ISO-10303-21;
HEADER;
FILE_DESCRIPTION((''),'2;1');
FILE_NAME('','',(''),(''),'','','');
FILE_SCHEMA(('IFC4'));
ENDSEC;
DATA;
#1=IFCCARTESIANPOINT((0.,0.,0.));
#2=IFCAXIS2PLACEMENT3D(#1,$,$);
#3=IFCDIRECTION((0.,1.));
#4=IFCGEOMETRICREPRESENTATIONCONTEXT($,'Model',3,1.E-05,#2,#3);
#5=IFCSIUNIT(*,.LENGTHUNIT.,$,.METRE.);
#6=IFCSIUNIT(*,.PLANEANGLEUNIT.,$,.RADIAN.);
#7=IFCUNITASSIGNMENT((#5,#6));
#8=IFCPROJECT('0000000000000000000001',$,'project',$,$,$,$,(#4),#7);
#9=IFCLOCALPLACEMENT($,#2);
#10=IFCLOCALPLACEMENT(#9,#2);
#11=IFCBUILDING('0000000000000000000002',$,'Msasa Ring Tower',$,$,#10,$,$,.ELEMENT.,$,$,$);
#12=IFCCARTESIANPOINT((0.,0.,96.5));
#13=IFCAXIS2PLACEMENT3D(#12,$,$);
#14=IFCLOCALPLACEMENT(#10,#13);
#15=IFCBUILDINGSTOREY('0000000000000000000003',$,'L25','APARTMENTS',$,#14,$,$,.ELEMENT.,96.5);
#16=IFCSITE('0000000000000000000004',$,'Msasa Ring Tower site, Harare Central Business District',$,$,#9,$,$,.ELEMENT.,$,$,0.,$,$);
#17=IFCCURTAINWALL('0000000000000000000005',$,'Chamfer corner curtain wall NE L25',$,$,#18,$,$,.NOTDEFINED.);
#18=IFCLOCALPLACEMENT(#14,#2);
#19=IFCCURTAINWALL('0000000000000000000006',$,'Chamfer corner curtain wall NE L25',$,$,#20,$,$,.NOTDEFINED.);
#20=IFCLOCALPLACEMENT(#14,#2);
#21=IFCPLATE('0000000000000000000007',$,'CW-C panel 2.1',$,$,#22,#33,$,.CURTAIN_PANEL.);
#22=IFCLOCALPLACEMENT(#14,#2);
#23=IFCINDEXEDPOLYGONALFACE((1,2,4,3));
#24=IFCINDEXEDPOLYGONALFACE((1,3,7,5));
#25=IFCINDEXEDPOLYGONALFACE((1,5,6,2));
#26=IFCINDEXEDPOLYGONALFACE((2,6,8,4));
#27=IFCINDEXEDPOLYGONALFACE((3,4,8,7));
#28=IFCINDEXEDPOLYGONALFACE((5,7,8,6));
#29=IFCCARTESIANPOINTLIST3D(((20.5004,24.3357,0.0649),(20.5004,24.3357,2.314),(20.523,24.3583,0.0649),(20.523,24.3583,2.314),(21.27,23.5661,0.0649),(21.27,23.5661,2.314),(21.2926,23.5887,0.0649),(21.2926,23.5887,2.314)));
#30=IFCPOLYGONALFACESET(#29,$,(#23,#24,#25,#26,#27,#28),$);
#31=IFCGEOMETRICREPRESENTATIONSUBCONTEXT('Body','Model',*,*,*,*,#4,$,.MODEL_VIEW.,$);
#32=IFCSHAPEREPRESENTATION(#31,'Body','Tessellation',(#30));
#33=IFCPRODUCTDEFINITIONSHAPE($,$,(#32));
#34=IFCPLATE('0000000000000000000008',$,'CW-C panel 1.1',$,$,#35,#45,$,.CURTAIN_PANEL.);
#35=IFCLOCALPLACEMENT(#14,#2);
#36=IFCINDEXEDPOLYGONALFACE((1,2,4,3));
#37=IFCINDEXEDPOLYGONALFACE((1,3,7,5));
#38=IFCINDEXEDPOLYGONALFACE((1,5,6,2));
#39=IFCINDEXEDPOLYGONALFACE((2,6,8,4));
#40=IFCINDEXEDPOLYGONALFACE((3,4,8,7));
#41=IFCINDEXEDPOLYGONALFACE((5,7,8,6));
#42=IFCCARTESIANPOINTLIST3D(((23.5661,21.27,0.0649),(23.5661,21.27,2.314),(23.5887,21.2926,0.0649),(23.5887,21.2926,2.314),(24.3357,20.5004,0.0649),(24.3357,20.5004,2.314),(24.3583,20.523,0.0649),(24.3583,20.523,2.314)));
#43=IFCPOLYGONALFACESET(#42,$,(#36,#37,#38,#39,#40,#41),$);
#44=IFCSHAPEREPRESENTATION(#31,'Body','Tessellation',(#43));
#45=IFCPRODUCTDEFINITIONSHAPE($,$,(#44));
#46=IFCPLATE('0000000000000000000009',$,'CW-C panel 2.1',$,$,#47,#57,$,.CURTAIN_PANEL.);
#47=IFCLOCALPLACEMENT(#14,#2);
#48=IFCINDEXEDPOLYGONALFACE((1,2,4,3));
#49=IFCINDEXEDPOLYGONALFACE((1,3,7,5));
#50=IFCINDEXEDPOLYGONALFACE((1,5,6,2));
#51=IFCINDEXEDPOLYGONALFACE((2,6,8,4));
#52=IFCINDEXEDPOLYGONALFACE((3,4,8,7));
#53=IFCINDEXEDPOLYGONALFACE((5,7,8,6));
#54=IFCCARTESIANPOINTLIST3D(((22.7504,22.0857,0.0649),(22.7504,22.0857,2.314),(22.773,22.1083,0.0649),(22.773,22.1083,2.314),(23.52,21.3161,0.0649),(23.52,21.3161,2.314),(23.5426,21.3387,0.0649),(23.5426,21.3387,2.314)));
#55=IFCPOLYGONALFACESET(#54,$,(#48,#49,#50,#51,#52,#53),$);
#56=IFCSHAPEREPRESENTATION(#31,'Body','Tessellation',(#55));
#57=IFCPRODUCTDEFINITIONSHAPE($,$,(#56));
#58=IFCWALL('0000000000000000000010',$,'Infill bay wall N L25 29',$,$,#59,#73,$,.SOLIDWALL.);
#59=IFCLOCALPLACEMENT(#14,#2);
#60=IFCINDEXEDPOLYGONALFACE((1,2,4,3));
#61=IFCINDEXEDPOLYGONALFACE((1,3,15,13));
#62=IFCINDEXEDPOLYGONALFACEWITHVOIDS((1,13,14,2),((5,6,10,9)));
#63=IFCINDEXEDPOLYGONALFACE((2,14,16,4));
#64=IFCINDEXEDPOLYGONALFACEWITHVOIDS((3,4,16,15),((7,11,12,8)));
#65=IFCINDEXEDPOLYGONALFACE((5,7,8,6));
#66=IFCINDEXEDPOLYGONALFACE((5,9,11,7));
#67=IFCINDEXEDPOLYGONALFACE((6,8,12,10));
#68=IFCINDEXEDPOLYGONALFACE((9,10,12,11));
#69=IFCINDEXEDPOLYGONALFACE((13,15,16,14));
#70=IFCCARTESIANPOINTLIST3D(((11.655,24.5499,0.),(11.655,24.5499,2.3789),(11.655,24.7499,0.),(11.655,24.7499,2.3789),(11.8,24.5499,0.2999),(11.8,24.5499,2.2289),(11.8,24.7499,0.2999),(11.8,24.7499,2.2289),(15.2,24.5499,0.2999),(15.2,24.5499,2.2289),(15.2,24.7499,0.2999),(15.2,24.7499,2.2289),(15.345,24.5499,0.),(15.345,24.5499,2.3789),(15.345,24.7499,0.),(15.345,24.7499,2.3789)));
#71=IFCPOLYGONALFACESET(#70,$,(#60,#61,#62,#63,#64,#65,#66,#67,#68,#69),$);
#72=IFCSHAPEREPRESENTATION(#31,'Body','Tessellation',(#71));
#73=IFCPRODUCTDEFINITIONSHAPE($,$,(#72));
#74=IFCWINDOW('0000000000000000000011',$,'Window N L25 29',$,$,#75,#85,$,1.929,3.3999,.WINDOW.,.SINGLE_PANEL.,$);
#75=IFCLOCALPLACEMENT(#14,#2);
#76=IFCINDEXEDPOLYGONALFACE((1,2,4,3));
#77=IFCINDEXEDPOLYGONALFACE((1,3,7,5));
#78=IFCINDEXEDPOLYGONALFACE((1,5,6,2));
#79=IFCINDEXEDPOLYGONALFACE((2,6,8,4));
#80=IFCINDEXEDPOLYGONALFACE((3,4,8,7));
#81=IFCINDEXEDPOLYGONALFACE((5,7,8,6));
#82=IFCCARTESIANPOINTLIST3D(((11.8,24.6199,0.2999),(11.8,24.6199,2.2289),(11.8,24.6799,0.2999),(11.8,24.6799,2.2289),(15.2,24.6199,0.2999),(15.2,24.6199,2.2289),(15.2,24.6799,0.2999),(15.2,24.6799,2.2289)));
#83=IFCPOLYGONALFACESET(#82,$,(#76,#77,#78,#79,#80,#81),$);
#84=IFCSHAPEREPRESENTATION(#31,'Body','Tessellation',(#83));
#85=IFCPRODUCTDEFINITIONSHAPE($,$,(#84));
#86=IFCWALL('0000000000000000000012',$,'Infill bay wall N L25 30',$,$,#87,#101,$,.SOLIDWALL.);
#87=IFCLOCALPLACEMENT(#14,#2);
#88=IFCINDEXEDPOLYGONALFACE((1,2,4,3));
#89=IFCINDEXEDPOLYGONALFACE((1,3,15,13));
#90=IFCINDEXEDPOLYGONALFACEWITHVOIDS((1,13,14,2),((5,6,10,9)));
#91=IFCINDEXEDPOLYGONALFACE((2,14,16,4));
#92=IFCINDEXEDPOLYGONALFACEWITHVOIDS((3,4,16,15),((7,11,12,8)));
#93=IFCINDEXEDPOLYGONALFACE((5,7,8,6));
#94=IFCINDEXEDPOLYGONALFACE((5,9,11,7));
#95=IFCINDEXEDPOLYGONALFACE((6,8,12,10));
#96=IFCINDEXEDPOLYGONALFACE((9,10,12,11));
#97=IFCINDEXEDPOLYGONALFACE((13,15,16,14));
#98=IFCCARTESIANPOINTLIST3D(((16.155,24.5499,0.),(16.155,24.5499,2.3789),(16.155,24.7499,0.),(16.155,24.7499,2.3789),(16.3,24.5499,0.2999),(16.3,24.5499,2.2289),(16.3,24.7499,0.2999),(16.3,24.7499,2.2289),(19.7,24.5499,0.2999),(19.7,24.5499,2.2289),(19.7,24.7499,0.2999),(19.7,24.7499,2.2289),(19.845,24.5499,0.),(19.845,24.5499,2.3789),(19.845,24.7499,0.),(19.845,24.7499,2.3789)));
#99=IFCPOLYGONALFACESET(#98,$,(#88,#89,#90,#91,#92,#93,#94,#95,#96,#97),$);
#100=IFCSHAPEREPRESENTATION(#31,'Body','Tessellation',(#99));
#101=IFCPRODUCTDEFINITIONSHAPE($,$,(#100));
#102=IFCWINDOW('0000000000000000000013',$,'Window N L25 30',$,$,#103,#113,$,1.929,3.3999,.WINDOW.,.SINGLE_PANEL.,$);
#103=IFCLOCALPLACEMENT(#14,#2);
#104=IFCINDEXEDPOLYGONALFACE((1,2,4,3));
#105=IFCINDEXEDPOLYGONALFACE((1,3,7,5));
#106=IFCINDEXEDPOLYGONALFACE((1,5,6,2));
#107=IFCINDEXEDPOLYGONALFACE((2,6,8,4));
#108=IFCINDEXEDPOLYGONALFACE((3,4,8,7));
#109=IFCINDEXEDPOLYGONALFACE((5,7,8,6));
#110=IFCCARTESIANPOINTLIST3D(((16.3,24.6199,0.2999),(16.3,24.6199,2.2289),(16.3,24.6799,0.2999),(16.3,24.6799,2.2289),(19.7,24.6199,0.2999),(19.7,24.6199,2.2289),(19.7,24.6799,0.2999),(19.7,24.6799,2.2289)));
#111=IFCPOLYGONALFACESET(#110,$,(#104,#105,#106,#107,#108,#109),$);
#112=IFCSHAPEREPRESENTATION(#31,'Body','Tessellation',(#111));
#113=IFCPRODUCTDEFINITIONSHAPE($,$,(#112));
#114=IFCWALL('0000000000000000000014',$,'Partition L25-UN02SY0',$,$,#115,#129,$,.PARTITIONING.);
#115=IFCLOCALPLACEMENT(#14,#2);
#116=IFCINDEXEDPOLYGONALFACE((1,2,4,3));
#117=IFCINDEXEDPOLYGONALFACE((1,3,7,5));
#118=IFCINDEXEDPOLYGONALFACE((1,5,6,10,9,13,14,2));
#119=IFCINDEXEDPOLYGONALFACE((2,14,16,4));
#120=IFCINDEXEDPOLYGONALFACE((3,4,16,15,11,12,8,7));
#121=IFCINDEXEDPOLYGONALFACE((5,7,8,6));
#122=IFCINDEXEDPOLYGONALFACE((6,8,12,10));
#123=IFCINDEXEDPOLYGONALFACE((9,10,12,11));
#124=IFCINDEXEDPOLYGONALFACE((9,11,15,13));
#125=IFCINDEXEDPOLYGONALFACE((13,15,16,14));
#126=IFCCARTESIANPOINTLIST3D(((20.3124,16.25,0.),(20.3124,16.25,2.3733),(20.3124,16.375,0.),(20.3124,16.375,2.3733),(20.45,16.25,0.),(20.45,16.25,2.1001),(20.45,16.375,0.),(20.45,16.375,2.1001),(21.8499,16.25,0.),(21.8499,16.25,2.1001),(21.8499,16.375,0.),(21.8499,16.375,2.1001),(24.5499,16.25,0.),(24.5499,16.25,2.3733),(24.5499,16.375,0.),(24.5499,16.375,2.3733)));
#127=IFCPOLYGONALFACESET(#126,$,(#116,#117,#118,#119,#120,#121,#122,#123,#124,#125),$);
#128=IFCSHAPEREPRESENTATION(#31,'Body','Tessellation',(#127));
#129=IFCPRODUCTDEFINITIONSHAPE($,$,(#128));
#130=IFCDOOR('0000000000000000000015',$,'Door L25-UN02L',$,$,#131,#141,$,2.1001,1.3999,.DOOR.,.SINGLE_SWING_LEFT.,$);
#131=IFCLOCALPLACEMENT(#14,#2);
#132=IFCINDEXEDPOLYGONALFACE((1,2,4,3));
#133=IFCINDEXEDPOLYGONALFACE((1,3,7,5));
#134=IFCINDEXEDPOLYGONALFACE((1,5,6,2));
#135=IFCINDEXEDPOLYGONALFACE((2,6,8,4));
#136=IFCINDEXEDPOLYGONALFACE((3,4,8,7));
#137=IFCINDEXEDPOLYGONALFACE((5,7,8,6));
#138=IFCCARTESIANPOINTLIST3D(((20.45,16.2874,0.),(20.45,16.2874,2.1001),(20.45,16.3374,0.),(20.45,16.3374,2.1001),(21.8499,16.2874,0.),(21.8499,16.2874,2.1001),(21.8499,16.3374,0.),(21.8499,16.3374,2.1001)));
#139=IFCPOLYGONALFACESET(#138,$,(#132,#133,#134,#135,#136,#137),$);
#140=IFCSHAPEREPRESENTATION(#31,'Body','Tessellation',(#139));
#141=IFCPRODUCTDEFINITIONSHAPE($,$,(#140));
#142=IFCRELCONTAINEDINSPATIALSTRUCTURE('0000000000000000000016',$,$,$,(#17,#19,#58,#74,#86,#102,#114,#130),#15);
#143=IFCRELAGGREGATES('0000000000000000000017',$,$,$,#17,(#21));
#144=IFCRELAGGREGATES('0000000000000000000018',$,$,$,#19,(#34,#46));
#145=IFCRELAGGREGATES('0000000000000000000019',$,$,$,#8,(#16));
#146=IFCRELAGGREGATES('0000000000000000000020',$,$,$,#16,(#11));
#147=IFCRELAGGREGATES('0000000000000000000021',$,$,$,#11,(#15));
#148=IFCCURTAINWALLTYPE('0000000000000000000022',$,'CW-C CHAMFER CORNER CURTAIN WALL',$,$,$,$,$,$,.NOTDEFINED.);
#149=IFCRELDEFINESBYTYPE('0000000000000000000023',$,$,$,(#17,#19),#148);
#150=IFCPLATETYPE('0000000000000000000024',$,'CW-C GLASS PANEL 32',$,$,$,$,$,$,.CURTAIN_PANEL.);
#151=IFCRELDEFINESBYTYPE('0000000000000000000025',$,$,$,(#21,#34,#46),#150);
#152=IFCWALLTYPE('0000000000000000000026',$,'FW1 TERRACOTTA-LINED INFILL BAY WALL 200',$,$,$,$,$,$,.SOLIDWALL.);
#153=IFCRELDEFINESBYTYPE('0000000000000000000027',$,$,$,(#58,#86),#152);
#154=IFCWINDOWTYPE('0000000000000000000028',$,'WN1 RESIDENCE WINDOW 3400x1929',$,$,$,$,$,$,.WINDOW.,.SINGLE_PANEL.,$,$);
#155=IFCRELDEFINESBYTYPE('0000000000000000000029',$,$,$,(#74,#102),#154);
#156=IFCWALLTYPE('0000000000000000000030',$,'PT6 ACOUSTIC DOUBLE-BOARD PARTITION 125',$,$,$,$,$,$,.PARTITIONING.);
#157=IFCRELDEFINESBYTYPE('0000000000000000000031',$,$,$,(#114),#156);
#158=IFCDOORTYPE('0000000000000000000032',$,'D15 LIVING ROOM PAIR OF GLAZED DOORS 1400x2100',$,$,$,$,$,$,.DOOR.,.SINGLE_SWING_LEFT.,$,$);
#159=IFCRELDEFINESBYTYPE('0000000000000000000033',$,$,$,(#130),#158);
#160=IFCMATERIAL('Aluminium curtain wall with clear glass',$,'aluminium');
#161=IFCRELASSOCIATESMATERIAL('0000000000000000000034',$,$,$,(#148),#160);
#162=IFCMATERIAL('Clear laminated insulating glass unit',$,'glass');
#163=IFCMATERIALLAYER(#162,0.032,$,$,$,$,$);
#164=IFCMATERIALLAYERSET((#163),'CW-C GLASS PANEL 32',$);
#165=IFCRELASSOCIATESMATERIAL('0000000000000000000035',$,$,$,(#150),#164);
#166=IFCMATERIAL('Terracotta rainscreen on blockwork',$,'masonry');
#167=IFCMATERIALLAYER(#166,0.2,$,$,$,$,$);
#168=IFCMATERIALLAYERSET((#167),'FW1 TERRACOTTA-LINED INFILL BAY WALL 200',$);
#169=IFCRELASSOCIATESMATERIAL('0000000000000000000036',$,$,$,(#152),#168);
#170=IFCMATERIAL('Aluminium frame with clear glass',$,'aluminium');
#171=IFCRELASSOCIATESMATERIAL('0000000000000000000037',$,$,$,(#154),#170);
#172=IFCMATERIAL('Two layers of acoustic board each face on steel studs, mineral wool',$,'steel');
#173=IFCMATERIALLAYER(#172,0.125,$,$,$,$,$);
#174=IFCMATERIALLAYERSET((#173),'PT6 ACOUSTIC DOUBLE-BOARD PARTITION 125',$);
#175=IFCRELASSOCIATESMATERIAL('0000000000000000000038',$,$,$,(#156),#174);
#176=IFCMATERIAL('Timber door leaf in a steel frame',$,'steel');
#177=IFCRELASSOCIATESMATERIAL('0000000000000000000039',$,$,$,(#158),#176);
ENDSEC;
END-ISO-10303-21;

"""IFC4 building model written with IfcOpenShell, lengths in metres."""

from ifc_helpers import new_model, si_unit, direction, frame, frame_2d, origin, origin_2d, place, context, subcontext, project, spatial, rectangle, extrude, material, layer, layer_set, type_object, element, fill, aggregate, save


model = new_model("IFC4")

# Units and contexts
model_context = context("Model", 3, precision=1e-05, world=origin(), true_north=direction((0.0, 1.0)))
body_context = subcontext(model_context, "Body", "Model", "MODEL_VIEW")
ifc_project = project(units=[si_unit("LENGTHUNIT", "METRE"), si_unit("PLANEANGLEUNIT", "RADIAN")], contexts=[model_context])

# Site, building, storey
site_placement = place(None, origin())
site = spatial("IfcSite", under=ifc_project, at=site_placement, Name="Msasa Ring Tower site, Harare Central Business District", CompositionType="ELEMENT", RefElevation=0.0)
building_placement = place(site_placement, origin())
building = spatial("IfcBuilding", under=site, at=building_placement, Name="Msasa Ring Tower", CompositionType="ELEMENT")
storey_placement = place(building_placement, frame((0.0, 0.0, 96.5)))
storey = spatial("IfcBuildingStorey", under=building, at=storey_placement, Name="L25", Description="APARTMENTS", CompositionType="ELEMENT", Elevation=96.5)

# Curtain walls
ifc_material_1 = material(Name="Aluminium curtain wall with clear glass", Category="aluminium")
curtain_wall_type = type_object("IfcCurtainWallType", Name="CW-C CHAMFER CORNER CURTAIN WALL", PredefinedType="NOTDEFINED", material=ifc_material_1)
curtain_wall_1_placement = place(storey_placement, origin())
curtain_wall_1 = element("IfcCurtainWall", 1, at=curtain_wall_1_placement, inside=storey, type_object=curtain_wall_type, Name="Chamfer corner curtain wall NE L25", PredefinedType="NOTDEFINED")
curtain_wall_2_placement = place(storey_placement, origin())
curtain_wall_2 = element("IfcCurtainWall", 2, at=curtain_wall_2_placement, inside=storey, type_object=curtain_wall_type, Name="Chamfer corner curtain wall NE L25", PredefinedType="NOTDEFINED")

# Plates
ifc_material_2 = material(Name="Clear laminated insulating glass unit", Category="glass")
ifc_layer_1 = layer(ifc_material_2, 0.032)
ifc_layer_set_1 = layer_set([ifc_layer_1], Name="CW-C GLASS PANEL 32")
plate_type = type_object("IfcPlateType", Name="CW-C GLASS PANEL 32", PredefinedType="CURTAIN_PANEL", material=ifc_layer_set_1)
plate_1_placement = place(storey_placement, frame((20.8965, 23.9622, 0.0649), z_axis=(0.0, 0.0, 1.0), x_axis=(-0.707107, 0.707107, 0.0)))
plate_1 = element("IfcPlate", 3, at=plate_1_placement, type_object=plate_type, Name="CW-C panel 2.1", PredefinedType="CURTAIN_PANEL", context=body_context, shape_type="SweptSolid", body=[
    extrude(rectangle(XDim=1.0884, YDim=0.032, at=origin_2d()), origin(), (0.0, 0.0, 1.0), 2.249),
])
aggregate(curtain_wall_1, [plate_1])
plate_2_placement = place(storey_placement, frame((23.9622, 20.8965, 0.0649), z_axis=(0.0, 0.0, 1.0), x_axis=(-0.707107, 0.707107, 0.0)))
plate_2 = element("IfcPlate", 4, at=plate_2_placement, type_object=plate_type, Name="CW-C panel 1.1", PredefinedType="CURTAIN_PANEL", context=body_context, shape_type="SweptSolid", body=[
    extrude(rectangle(XDim=1.0884, YDim=0.032, at=origin_2d()), origin(), (0.0, 0.0, 1.0), 2.249),
])
plate_3_placement = place(storey_placement, frame((23.1465, 21.7122, 0.0649), z_axis=(0.0, 0.0, 1.0), x_axis=(-0.707107, 0.707107, 0.0)))
plate_3 = element("IfcPlate", 5, at=plate_3_placement, type_object=plate_type, Name="CW-C panel 2.1", PredefinedType="CURTAIN_PANEL", context=body_context, shape_type="SweptSolid", body=[
    extrude(rectangle(XDim=1.0884, YDim=0.032, at=origin_2d()), origin(), (0.0, 0.0, 1.0), 2.249),
])
aggregate(curtain_wall_2, [plate_2, plate_3])

# Walls, openings, windows
ifc_material_3 = material(Name="Terracotta rainscreen on blockwork", Category="masonry")
ifc_layer_2 = layer(ifc_material_3, 0.2)
ifc_layer_set_2 = layer_set([ifc_layer_2], Name="FW1 TERRACOTTA-LINED INFILL BAY WALL 200")
wall_type_1 = type_object("IfcWallType", Name="FW1 TERRACOTTA-LINED INFILL BAY WALL 200", PredefinedType="SOLIDWALL", material=ifc_layer_set_2)
wall_1_placement = place(storey_placement, frame((11.655, 24.6499, 0.0), z_axis=(0.0, 0.0, 1.0), x_axis=(1.0, 0.0, 0.0)))
wall_1 = element("IfcWall", 6, at=wall_1_placement, inside=storey, type_object=wall_type_1, Name="Infill bay wall N L25 29", PredefinedType="SOLIDWALL", context=body_context, shape_type="SweptSolid", body=[
    extrude(rectangle(XDim=3.6899, YDim=0.2, at=frame_2d((1.845, 0.0))), origin(), (0.0, 0.0, 1.0), 2.3789),
])
opening_1_placement = place(wall_1_placement, frame((0.145, 0.0, 0.3)))
opening_1 = element("IfcOpeningElement", 7, at=opening_1_placement, cuts=wall_1, PredefinedType="OPENING", context=body_context, shape_type="SweptSolid", body=[
    extrude(rectangle(XDim=3.3999, YDim=1.929, at=frame_2d((1.7, 0.9644))), frame((0.0, 0.1099, 0.0), z_axis=(0.0, -1.0, 0.0), x_axis=(1.0, 0.0, 0.0)), (0.0, 0.0, 1.0), 0.22),
])
ifc_material_4 = material(Name="Aluminium frame with clear glass", Category="aluminium")
window_type = type_object("IfcWindowType", Name="WN1 RESIDENCE WINDOW 3400x1929", PartitioningType="SINGLE_PANEL", PredefinedType="WINDOW", material=ifc_material_4)
window_1_placement = place(opening_1_placement, origin())
window_1 = element("IfcWindow", 8, at=window_1_placement, inside=storey, type_object=window_type, Name="Window N L25 29", OverallHeight=1.929, OverallWidth=3.3999, PartitioningType="SINGLE_PANEL", PredefinedType="WINDOW", context=body_context, shape_type="SweptSolid", body=[
    extrude(rectangle(XDim=3.3999, YDim=1.929, at=frame_2d((1.7, 0.9644))), frame((0.0, 0.03, 0.0), z_axis=(0.0, -1.0, 0.0), x_axis=(1.0, 0.0, 0.0)), (0.0, 0.0, 1.0), 0.0601),
])
fill(opening_1, window_1)
wall_2_placement = place(storey_placement, frame((16.155, 24.6499, 0.0), z_axis=(0.0, 0.0, 1.0), x_axis=(1.0, 0.0, 0.0)))
wall_2 = element("IfcWall", 9, at=wall_2_placement, inside=storey, type_object=wall_type_1, Name="Infill bay wall N L25 30", PredefinedType="SOLIDWALL", context=body_context, shape_type="SweptSolid", body=[
    extrude(rectangle(XDim=3.6899, YDim=0.2, at=frame_2d((1.845, 0.0))), origin(), (0.0, 0.0, 1.0), 2.3789),
])
opening_2_placement = place(wall_2_placement, frame((0.145, 0.0, 0.3)))
opening_2 = element("IfcOpeningElement", 10, at=opening_2_placement, cuts=wall_2, PredefinedType="OPENING", context=body_context, shape_type="SweptSolid", body=[
    extrude(rectangle(XDim=3.3999, YDim=1.929, at=frame_2d((1.7, 0.9644))), frame((0.0, 0.1099, 0.0), z_axis=(0.0, -1.0, 0.0), x_axis=(1.0, 0.0, 0.0)), (0.0, 0.0, 1.0), 0.22),
])
window_2_placement = place(opening_2_placement, origin())
window_2 = element("IfcWindow", 11, at=window_2_placement, inside=storey, type_object=window_type, Name="Window N L25 30", OverallHeight=1.929, OverallWidth=3.3999, PartitioningType="SINGLE_PANEL", PredefinedType="WINDOW", context=body_context, shape_type="SweptSolid", body=[
    extrude(rectangle(XDim=3.3999, YDim=1.929, at=frame_2d((1.7, 0.9644))), frame((0.0, 0.03, 0.0), z_axis=(0.0, -1.0, 0.0), x_axis=(1.0, 0.0, 0.0)), (0.0, 0.0, 1.0), 0.0601),
])
fill(opening_2, window_2)

# Wall, opening, door
ifc_material_5 = material(Name="Two layers of acoustic board each face on steel studs, mineral wool", Category="steel")
ifc_layer_3 = layer(ifc_material_5, 0.125)
ifc_layer_set_3 = layer_set([ifc_layer_3], Name="PT6 ACOUSTIC DOUBLE-BOARD PARTITION 125")
wall_type_2 = type_object("IfcWallType", Name="PT6 ACOUSTIC DOUBLE-BOARD PARTITION 125", PredefinedType="PARTITIONING", material=ifc_layer_set_3)
wall_3_placement = place(storey_placement, frame((20.3125, 16.3125, 0.0), z_axis=(0.0, 0.0, 1.0), x_axis=(1.0, 0.0, 0.0)))
wall_3 = element("IfcWall", 12, at=wall_3_placement, inside=storey, type_object=wall_type_2, Name="Partition L25-UN02SY0", PredefinedType="PARTITIONING", context=body_context, shape_type="SweptSolid", body=[
    extrude(rectangle(XDim=4.2375, YDim=0.125, at=frame_2d((2.1187, 0.0))), origin(), (0.0, 0.0, 1.0), 2.3733),
])
opening_3_placement = place(wall_3_placement, frame((0.1375, 0.0, 0.0)))
opening_3 = element("IfcOpeningElement", 13, at=opening_3_placement, cuts=wall_3, PredefinedType="OPENING", context=body_context, shape_type="SweptSolid", body=[
    extrude(rectangle(XDim=1.3999, YDim=2.1001, at=frame_2d((0.7, 1.05))), frame((0.0, 0.0725, 0.0), z_axis=(0.0, -1.0, 0.0), x_axis=(1.0, 0.0, 0.0)), (0.0, 0.0, 1.0), 0.145),
])
ifc_material_6 = material(Name="Timber door leaf in a steel frame", Category="steel")
door_type = type_object("IfcDoorType", Name="D15 LIVING ROOM PAIR OF GLAZED DOORS 1400x2100", OperationType="SINGLE_SWING_LEFT", PredefinedType="DOOR", material=ifc_material_6)
door_placement = place(opening_3_placement, origin())
door = element("IfcDoor", 14, at=door_placement, inside=storey, type_object=door_type, Name="Door L25-UN02L", OperationType="SINGLE_SWING_LEFT", OverallHeight=2.1001, OverallWidth=1.3999, PredefinedType="DOOR", context=body_context, shape_type="SweptSolid", body=[
    extrude(rectangle(XDim=1.3999, YDim=2.1001, at=frame_2d((0.7, 1.05))), frame((0.0, 0.0249, 0.0), z_axis=(0.0, -1.0, 0.0), x_axis=(1.0, 0.0, 0.0)), (0.0, 0.0, 1.0), 0.05),
])
fill(opening_3, door)

save(model, "model.ifc")
